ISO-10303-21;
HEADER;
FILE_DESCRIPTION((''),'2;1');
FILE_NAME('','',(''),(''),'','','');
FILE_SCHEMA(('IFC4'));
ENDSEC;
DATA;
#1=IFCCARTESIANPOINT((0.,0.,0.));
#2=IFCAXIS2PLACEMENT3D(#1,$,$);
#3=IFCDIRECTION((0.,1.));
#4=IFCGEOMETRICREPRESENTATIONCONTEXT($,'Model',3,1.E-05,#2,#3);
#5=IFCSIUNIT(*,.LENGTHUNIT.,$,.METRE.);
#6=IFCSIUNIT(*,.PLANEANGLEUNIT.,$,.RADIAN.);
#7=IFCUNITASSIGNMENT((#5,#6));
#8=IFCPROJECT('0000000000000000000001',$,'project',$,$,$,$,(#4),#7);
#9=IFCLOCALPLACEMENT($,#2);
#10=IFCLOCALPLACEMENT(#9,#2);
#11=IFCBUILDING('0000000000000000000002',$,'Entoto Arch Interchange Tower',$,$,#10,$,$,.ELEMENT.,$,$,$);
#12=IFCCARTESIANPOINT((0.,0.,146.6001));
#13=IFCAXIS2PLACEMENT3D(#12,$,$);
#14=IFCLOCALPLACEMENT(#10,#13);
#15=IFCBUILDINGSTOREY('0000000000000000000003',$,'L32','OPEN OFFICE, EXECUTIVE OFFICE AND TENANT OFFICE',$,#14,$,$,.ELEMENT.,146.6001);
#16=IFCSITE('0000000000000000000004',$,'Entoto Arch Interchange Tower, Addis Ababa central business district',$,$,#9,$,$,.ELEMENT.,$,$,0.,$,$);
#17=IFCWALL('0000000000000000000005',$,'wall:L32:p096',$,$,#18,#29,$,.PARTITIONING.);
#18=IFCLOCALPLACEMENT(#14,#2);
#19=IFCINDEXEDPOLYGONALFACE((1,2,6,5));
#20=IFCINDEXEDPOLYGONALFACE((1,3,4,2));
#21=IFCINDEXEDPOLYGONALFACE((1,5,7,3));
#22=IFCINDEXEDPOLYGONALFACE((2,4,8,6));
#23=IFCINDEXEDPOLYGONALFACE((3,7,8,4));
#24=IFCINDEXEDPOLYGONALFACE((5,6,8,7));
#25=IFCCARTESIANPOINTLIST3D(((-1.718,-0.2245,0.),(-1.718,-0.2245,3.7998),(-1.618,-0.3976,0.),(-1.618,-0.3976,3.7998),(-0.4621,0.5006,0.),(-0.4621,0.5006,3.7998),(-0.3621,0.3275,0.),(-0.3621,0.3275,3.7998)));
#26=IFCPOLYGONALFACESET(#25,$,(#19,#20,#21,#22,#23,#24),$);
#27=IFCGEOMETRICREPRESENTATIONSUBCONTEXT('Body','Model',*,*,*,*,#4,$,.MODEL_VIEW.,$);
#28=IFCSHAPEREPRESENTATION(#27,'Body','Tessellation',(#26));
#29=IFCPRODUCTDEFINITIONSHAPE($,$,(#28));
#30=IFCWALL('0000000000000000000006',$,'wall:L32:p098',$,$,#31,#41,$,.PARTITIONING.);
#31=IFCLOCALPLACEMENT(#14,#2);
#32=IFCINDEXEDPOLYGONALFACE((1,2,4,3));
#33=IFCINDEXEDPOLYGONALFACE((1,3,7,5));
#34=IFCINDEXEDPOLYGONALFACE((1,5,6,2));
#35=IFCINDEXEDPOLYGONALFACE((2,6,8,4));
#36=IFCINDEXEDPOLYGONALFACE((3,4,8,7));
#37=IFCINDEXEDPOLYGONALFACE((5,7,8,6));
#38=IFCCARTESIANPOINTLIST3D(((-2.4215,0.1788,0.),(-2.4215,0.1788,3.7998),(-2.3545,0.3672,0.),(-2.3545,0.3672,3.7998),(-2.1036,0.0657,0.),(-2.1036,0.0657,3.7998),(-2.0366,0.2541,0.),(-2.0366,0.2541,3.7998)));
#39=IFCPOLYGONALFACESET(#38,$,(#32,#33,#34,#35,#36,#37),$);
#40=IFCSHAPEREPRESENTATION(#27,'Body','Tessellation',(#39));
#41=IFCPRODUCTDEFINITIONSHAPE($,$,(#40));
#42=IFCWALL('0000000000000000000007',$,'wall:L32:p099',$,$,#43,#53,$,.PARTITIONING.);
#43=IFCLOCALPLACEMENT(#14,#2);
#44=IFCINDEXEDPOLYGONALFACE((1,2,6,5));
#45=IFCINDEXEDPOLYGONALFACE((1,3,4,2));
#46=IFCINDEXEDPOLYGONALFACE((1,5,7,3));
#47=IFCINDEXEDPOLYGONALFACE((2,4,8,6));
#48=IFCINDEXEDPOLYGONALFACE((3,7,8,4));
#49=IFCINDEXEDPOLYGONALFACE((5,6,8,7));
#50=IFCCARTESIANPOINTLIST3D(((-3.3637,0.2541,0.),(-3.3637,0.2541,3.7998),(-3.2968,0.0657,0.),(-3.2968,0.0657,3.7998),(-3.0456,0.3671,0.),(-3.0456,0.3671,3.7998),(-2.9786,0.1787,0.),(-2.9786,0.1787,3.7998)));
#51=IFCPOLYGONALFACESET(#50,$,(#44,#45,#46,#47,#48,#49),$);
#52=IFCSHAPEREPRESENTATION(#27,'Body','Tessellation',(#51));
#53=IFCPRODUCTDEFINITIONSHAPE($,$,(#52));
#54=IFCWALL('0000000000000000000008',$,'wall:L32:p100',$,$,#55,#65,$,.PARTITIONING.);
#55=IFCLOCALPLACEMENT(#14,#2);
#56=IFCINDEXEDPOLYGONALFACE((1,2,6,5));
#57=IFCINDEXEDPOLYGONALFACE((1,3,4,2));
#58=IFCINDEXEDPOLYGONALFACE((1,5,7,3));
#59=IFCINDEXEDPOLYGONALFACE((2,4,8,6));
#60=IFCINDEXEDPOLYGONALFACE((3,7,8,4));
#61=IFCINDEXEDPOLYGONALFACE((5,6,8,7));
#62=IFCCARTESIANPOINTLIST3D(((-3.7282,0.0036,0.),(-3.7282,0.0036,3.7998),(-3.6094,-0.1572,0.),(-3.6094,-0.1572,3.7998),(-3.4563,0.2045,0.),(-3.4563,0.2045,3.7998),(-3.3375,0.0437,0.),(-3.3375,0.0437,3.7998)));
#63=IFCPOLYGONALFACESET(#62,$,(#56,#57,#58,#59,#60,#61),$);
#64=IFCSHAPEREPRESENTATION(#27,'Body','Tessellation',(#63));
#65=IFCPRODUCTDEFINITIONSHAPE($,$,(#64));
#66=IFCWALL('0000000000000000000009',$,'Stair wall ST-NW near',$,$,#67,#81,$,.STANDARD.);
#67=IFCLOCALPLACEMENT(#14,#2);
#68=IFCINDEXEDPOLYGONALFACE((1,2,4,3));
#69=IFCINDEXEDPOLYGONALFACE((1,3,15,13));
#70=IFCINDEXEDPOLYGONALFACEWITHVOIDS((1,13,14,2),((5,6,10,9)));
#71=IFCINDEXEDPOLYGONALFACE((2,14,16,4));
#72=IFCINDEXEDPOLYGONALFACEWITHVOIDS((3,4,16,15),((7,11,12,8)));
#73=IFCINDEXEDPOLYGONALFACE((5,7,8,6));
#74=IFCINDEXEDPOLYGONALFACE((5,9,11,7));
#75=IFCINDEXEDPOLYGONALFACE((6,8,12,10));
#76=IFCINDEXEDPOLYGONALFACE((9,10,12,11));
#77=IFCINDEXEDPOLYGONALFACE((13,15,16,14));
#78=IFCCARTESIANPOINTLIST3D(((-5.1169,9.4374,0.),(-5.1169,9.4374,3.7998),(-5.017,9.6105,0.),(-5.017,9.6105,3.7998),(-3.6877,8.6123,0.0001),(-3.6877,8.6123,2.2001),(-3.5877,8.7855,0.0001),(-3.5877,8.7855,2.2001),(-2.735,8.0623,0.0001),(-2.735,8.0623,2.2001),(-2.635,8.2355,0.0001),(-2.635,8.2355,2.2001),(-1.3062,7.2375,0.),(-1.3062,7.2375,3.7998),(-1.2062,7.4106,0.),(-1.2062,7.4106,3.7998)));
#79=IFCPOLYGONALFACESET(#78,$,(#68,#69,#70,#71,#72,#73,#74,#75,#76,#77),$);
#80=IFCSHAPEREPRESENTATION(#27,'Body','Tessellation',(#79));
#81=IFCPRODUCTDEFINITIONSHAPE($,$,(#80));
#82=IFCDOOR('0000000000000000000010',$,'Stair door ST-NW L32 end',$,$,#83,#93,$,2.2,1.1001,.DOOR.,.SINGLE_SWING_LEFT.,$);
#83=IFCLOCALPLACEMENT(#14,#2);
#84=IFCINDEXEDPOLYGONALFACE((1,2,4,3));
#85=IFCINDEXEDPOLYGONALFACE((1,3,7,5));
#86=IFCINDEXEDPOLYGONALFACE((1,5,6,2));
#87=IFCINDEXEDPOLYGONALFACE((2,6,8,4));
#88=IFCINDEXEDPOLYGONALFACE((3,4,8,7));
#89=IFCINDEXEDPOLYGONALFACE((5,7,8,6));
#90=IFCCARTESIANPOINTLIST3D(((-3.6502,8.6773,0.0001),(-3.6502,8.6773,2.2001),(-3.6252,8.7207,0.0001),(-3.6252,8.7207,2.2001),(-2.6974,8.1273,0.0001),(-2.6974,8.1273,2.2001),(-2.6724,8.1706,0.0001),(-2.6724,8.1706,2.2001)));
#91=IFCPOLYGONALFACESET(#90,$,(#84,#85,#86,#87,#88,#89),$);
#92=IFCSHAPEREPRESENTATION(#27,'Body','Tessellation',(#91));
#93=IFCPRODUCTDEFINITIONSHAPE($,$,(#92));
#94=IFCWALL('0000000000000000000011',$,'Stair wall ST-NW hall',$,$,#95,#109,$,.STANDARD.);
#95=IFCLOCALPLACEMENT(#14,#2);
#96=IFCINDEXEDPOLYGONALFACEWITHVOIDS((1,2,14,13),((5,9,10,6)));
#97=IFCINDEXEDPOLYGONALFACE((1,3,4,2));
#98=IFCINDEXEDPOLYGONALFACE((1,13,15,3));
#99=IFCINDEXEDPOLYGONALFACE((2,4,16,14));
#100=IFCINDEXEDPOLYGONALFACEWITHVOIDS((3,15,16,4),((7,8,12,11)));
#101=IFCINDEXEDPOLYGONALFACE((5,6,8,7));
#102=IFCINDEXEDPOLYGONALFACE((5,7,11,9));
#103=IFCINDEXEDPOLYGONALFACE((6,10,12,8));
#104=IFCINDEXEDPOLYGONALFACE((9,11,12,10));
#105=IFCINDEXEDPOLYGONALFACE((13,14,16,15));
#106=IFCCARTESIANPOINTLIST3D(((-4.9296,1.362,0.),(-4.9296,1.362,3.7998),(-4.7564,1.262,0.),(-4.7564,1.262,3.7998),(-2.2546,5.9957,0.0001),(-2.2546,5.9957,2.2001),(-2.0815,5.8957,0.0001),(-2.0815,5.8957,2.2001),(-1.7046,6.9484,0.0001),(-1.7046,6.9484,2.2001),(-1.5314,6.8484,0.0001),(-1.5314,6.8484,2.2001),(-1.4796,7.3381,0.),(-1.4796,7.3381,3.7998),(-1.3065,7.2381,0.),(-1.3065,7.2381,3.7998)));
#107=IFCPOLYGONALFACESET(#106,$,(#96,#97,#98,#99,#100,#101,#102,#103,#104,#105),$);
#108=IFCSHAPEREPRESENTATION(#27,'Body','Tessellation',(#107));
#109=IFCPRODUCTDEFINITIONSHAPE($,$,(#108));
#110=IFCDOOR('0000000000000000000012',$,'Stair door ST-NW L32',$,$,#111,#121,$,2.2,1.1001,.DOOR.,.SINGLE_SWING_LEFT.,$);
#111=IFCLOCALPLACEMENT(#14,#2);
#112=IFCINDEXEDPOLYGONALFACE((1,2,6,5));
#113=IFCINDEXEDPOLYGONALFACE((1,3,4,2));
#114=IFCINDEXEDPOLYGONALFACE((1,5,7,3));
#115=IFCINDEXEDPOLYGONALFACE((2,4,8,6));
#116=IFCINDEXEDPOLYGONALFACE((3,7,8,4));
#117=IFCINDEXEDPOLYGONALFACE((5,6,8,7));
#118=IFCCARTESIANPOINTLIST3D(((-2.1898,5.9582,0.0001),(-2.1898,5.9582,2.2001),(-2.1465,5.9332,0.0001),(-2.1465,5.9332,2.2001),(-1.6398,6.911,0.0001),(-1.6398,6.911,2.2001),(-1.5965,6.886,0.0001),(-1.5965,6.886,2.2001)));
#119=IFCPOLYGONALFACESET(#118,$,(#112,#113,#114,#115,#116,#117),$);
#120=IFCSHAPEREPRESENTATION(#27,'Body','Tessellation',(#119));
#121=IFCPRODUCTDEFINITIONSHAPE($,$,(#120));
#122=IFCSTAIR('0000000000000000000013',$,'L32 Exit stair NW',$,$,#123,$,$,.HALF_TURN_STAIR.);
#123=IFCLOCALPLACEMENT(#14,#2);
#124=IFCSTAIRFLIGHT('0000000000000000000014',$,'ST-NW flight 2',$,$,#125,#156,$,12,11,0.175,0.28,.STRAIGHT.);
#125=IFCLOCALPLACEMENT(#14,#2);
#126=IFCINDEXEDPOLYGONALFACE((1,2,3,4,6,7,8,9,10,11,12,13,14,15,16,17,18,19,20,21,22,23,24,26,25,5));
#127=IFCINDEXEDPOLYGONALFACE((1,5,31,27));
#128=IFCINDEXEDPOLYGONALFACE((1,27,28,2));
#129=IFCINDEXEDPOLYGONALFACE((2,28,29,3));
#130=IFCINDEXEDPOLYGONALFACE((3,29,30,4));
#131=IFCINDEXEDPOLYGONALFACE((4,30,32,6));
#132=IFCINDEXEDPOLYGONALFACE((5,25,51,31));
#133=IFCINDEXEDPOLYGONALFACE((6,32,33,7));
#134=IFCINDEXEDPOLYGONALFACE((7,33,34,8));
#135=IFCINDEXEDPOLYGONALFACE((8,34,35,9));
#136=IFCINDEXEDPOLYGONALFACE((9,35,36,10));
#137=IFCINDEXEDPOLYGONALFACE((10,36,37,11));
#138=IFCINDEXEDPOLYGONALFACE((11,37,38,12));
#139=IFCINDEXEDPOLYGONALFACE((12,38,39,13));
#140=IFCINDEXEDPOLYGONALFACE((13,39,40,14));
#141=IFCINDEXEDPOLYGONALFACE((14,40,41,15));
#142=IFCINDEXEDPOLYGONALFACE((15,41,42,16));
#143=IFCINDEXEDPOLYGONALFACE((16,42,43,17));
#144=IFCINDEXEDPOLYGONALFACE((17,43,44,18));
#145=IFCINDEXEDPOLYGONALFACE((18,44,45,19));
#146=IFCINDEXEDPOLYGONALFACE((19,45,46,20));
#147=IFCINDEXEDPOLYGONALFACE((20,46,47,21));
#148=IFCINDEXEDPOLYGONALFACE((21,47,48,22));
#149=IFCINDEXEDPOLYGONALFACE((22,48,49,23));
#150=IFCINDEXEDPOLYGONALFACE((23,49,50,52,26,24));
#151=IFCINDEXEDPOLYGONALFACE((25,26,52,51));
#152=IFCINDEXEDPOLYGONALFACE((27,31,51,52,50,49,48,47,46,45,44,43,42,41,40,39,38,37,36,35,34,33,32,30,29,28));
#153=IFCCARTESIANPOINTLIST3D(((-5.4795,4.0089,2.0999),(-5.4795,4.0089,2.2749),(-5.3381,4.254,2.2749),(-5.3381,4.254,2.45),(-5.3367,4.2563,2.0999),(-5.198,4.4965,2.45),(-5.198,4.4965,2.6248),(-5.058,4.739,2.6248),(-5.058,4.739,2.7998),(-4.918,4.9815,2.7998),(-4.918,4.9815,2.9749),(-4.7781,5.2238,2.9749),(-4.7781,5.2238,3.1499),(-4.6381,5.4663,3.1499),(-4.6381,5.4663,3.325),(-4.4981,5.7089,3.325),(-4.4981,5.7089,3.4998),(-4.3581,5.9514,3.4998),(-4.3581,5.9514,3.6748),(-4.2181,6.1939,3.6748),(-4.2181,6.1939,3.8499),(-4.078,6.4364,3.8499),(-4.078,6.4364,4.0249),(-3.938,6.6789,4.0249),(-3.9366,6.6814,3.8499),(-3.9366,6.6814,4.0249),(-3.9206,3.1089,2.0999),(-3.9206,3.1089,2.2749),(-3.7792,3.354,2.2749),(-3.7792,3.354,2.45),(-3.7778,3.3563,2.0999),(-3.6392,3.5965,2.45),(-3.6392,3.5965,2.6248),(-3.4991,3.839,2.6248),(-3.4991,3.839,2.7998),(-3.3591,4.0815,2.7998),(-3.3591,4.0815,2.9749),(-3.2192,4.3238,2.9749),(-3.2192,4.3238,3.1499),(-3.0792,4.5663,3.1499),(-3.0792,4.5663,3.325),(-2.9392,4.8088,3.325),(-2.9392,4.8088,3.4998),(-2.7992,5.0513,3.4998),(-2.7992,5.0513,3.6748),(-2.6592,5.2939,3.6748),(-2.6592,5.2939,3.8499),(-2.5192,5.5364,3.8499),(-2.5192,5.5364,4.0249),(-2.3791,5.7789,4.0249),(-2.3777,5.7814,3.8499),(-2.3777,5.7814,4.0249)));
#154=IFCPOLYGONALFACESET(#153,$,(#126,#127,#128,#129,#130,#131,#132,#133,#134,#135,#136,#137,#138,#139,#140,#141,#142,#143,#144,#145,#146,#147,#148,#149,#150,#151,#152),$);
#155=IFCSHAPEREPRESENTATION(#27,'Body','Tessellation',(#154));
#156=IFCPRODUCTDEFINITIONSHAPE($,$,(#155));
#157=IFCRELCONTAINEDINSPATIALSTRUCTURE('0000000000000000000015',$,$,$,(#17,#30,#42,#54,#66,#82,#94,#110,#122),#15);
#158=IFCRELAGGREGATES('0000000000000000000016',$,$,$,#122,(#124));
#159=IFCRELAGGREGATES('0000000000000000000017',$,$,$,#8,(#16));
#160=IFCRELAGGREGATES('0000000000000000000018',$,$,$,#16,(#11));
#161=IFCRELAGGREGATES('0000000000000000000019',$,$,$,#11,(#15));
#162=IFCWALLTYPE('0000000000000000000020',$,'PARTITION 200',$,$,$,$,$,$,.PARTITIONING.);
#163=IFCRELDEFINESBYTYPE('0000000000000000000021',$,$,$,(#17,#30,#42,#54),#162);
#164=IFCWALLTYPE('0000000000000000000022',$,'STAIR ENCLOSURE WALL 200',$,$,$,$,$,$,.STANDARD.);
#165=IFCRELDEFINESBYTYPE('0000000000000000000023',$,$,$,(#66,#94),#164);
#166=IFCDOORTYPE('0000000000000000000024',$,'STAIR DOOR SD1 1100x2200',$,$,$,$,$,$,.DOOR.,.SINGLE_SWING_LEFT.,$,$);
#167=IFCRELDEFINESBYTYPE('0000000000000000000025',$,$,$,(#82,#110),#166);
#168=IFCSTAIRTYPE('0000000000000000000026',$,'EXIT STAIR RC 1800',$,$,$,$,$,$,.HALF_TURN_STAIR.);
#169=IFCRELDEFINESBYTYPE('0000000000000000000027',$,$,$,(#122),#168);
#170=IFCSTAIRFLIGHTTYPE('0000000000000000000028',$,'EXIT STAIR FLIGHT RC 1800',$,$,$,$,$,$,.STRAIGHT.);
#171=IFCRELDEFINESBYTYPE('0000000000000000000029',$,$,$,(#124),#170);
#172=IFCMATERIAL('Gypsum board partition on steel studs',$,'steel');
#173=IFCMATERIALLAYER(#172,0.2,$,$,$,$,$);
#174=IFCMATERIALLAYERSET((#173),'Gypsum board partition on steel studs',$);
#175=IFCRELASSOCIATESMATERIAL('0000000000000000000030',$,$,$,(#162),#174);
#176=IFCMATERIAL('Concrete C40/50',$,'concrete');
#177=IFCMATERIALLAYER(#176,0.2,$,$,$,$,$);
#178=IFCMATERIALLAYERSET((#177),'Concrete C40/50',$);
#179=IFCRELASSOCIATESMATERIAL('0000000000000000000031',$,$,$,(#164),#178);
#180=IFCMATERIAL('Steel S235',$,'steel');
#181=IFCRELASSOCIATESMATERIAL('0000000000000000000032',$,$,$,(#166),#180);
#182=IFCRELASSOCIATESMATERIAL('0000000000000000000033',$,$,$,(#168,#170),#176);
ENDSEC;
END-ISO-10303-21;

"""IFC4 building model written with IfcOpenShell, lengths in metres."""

from ifc_helpers import new_model, si_unit, direction, frame, frame_2d, origin, place, context, subcontext, project, spatial, polyline, rectangle, outline, extrude, material, layer, layer_set, type_object, element, fill, aggregate, save


model = new_model("IFC4")

# Units and contexts
model_context = context("Model", 3, precision=1e-05, world=origin(), true_north=direction((0.0, 1.0)))
body_context = subcontext(model_context, "Body", "Model", "MODEL_VIEW")
ifc_project = project(units=[si_unit("LENGTHUNIT", "METRE"), si_unit("PLANEANGLEUNIT", "RADIAN")], contexts=[model_context])

# Site, building, storey
site_placement = place(None, origin())
site = spatial("IfcSite", under=ifc_project, at=site_placement, Name="Entoto Arch Interchange Tower, Addis Ababa central business district", CompositionType="ELEMENT", RefElevation=0.0)
building_placement = place(site_placement, origin())
building = spatial("IfcBuilding", under=site, at=building_placement, Name="Entoto Arch Interchange Tower", CompositionType="ELEMENT")
storey_placement = place(building_placement, frame((0.0, 0.0, 146.6001)))
storey = spatial("IfcBuildingStorey", under=building, at=storey_placement, Name="L32", Description="OPEN OFFICE, EXECUTIVE OFFICE AND TENANT OFFICE", CompositionType="ELEMENT", Elevation=146.6001)

# Shared definitions
ifc_material_1 = material(Name="Gypsum board partition on steel studs", Category="steel")
ifc_layer_1 = layer(ifc_material_1, 0.2)
ifc_layer_set_1 = layer_set([ifc_layer_1], Name="Gypsum board partition on steel studs")
wall_type_1 = type_object("IfcWallType", Name="PARTITION 200", PredefinedType="PARTITIONING", material=ifc_layer_set_1)

# Walls
wall_1_placement = place(storey_placement, frame((-0.4121, 0.4141, 0.0), z_axis=(0.0, 0.0, 1.0), x_axis=(-0.866017, -0.500014, 0.0)))
element("IfcWall", 1, at=wall_1_placement, inside=storey, type_object=wall_type_1, Name="wall:L32:p096", PredefinedType="PARTITIONING", context=body_context, shape_type="SweptSolid", body=[
    extrude(rectangle(XDim=1.4502, YDim=0.2, at=frame_2d((0.7251, 0.0))), origin(), (0.0, 0.0, 1.0), 3.7998),
])
wall_2_placement = place(storey_placement, frame((-2.0701, 0.1599, 0.0), z_axis=(0.0, 0.0, 1.0), x_axis=(-0.942199, 0.335052, 0.0)))
element("IfcWall", 2, at=wall_2_placement, inside=storey, type_object=wall_type_1, Name="wall:L32:p098", PredefinedType="PARTITIONING", context=body_context, shape_type="SweptSolid", body=[
    extrude(rectangle(XDim=0.3374, YDim=0.2, at=frame_2d((0.1687, 0.0))), origin(), (0.0, 0.0, 1.0), 3.7998),
])
wall_3_placement = place(storey_placement, frame((-3.012, 0.2729, 0.0), z_axis=(0.0, 0.0, 1.0), x_axis=(-0.942281, -0.334824, 0.0)))
element("IfcWall", 3, at=wall_3_placement, inside=storey, type_object=wall_type_1, Name="wall:L32:p099", PredefinedType="PARTITIONING", context=body_context, shape_type="SweptSolid", body=[
    extrude(rectangle(XDim=0.3376, YDim=0.2, at=frame_2d((0.1689, 0.0))), origin(), (0.0, 0.0, 1.0), 3.7998),
])
wall_4_placement = place(storey_placement, frame((-3.397, 0.124, 0.0), z_axis=(0.0, 0.0, 1.0), x_axis=(-0.804311, -0.594208, 0.0)))
element("IfcWall", 4, at=wall_4_placement, inside=storey, type_object=wall_type_1, Name="wall:L32:p100", PredefinedType="PARTITIONING", context=body_context, shape_type="SweptSolid", body=[
    extrude(rectangle(XDim=0.3381, YDim=0.2, at=frame_2d((0.1689, 0.0))), origin(), (0.0, 0.0, 1.0), 3.7998),
])

# Walls, openings, doors
ifc_material_2 = material(Name="Concrete C40/50", Category="concrete")
ifc_layer_2 = layer(ifc_material_2, 0.2)
ifc_layer_set_2 = layer_set([ifc_layer_2], Name="Concrete C40/50")
wall_type_2 = type_object("IfcWallType", Name="STAIR ENCLOSURE WALL 200", PredefinedType="STANDARD", material=ifc_layer_set_2)
wall_5_placement = place(storey_placement, frame((-1.2561, 7.324, 0.0), z_axis=(0.0, 0.0, 1.0), x_axis=(-0.866046, 0.499964, 0.0)))
wall_5 = element("IfcWall", 5, at=wall_5_placement, inside=storey, type_object=wall_type_2, Name="Stair wall ST-NW near", PredefinedType="STANDARD", context=body_context, shape_type="SweptSolid", body=[
    extrude(rectangle(XDim=4.4001, YDim=0.2, at=frame_2d((2.2002, 0.0))), origin(), (0.0, 0.0, 1.0), 3.7998),
])
opening_1_placement = place(wall_5_placement, frame((1.6499, 0.0, 0.0)))
opening_1 = element("IfcOpeningElement", 6, at=opening_1_placement, cuts=wall_5, PredefinedType="OPENING", context=body_context, shape_type="SweptSolid", body=[
    extrude(rectangle(XDim=1.1001, YDim=2.2, at=frame_2d((0.55, 1.1001))), frame((0.0, 0.1099, 0.0), z_axis=(0.0, -1.0, 0.0), x_axis=(1.0, 0.0, 0.0)), (0.0, 0.0, 1.0), 0.22),
])
ifc_material_3 = material(Name="Steel S235", Category="steel")
door_type_1 = type_object("IfcDoorType", Name="STAIR DOOR SD1 1100x2200", OperationType="SINGLE_SWING_LEFT", PredefinedType="DOOR", material=ifc_material_3)
door_1_placement = place(opening_1_placement, origin())
door_1 = element("IfcDoor", 7, at=door_1_placement, inside=storey, type_object=door_type_1, Name="Stair door ST-NW L32 end", OperationType="SINGLE_SWING_LEFT", OverallHeight=2.2, OverallWidth=1.1001, PredefinedType="DOOR", context=body_context, shape_type="SweptSolid", body=[
    extrude(rectangle(XDim=1.1001, YDim=2.2, at=frame_2d((0.55, 1.1001))), frame((0.0, 0.0249, 0.0), z_axis=(0.0, -1.0, 0.0), x_axis=(1.0, 0.0, 0.0)), (0.0, 0.0, 1.0), 0.05),
])
fill(opening_1, door_1)
wall_6_placement = place(storey_placement, frame((-1.3931, 7.2881, 0.0), z_axis=(0.0, 0.0, 1.0), x_axis=(-0.499963, -0.866047, 0.0)))
wall_6 = element("IfcWall", 8, at=wall_6_placement, inside=storey, type_object=wall_type_2, Name="Stair wall ST-NW hall", PredefinedType="STANDARD", context=body_context, shape_type="SweptSolid", body=[
    extrude(rectangle(XDim=6.9004, YDim=0.2, at=frame_2d((3.4502, 0.0))), origin(), (0.0, 0.0, 1.0), 3.7998),
])
opening_2_placement = place(wall_6_placement, frame((0.45, 0.0, 0.0)))
opening_2 = element("IfcOpeningElement", 9, at=opening_2_placement, cuts=wall_6, PredefinedType="OPENING", context=body_context, shape_type="SweptSolid", body=[
    extrude(rectangle(XDim=1.1001, YDim=2.2, at=frame_2d((0.55, 1.1001))), frame((0.0, 0.1099, 0.0), z_axis=(0.0, -1.0, 0.0), x_axis=(1.0, 0.0, 0.0)), (0.0, 0.0, 1.0), 0.22),
])
door_2_placement = place(opening_2_placement, origin())
door_2 = element("IfcDoor", 10, at=door_2_placement, inside=storey, type_object=door_type_1, Name="Stair door ST-NW L32", OperationType="SINGLE_SWING_LEFT", OverallHeight=2.2, OverallWidth=1.1001, PredefinedType="DOOR", context=body_context, shape_type="SweptSolid", body=[
    extrude(rectangle(XDim=1.1001, YDim=2.2, at=frame_2d((0.55, 1.1001))), frame((0.0, 0.0249, 0.0), z_axis=(0.0, -1.0, 0.0), x_axis=(1.0, 0.0, 0.0)), (0.0, 0.0, 1.0), 0.05),
])
fill(opening_2, door_2)

# Stair, stair flight
stair_type = type_object("IfcStairType", Name="EXIT STAIR RC 1800", PredefinedType="HALF_TURN_STAIR", material=ifc_material_2)
stair_placement = place(storey_placement, origin())
stair = element("IfcStair", 11, at=stair_placement, inside=storey, type_object=stair_type, Name="L32 Exit stair NW", PredefinedType="HALF_TURN_STAIR")
stair_flight_type = type_object("IfcStairFlightType", Name="EXIT STAIR FLIGHT RC 1800", PredefinedType="STRAIGHT", material=ifc_material_2)
stair_flight_placement = place(storey_placement, frame((-4.6987, 3.5615, 2.0999), z_axis=(0.0, 0.0, 1.0), x_axis=(0.5, 0.866025, 0.0)))
stair_flight = element("IfcStairFlight", 12, at=stair_flight_placement, type_object=stair_flight_type, Name="ST-NW flight 2", NumberOfRisers=12, NumberOfTreads=11, PredefinedType="STRAIGHT", RiserHeight=0.175, TreadLength=0.28, context=body_context, shape_type="SweptSolid", body=[
    extrude(outline(polyline([(-0.0029, 0.0), (-0.0029, 0.175), (0.28, 0.175), (0.28, 0.3501), (0.5601, 0.3501), (0.5601, 0.5249), (0.8401, 0.5249), (0.8401, 0.7), (1.1201, 0.7), (1.1201, 0.875), (1.3999, 0.875), (1.3999, 1.05), (1.6799, 1.05), (1.6799, 1.2251), (1.96, 1.2251), (1.96, 1.3999), (2.24, 1.3999), (2.24, 1.575), (2.52, 1.575), (2.52, 1.75), (2.8, 1.75), (2.8, 1.925), (3.0801, 1.925), (3.083, 1.925), (3.083, 1.75), (0.2827, 0.0), (-0.0029, 0.0)])), frame((0.0, 0.8999, 0.0), z_axis=(0.0, -1.0, 0.0), x_axis=(1.0, 0.0, 0.0)), (0.0, 0.0, 1.0), 1.8),
])
aggregate(stair, [stair_flight])

save(model, "model.ifc")
